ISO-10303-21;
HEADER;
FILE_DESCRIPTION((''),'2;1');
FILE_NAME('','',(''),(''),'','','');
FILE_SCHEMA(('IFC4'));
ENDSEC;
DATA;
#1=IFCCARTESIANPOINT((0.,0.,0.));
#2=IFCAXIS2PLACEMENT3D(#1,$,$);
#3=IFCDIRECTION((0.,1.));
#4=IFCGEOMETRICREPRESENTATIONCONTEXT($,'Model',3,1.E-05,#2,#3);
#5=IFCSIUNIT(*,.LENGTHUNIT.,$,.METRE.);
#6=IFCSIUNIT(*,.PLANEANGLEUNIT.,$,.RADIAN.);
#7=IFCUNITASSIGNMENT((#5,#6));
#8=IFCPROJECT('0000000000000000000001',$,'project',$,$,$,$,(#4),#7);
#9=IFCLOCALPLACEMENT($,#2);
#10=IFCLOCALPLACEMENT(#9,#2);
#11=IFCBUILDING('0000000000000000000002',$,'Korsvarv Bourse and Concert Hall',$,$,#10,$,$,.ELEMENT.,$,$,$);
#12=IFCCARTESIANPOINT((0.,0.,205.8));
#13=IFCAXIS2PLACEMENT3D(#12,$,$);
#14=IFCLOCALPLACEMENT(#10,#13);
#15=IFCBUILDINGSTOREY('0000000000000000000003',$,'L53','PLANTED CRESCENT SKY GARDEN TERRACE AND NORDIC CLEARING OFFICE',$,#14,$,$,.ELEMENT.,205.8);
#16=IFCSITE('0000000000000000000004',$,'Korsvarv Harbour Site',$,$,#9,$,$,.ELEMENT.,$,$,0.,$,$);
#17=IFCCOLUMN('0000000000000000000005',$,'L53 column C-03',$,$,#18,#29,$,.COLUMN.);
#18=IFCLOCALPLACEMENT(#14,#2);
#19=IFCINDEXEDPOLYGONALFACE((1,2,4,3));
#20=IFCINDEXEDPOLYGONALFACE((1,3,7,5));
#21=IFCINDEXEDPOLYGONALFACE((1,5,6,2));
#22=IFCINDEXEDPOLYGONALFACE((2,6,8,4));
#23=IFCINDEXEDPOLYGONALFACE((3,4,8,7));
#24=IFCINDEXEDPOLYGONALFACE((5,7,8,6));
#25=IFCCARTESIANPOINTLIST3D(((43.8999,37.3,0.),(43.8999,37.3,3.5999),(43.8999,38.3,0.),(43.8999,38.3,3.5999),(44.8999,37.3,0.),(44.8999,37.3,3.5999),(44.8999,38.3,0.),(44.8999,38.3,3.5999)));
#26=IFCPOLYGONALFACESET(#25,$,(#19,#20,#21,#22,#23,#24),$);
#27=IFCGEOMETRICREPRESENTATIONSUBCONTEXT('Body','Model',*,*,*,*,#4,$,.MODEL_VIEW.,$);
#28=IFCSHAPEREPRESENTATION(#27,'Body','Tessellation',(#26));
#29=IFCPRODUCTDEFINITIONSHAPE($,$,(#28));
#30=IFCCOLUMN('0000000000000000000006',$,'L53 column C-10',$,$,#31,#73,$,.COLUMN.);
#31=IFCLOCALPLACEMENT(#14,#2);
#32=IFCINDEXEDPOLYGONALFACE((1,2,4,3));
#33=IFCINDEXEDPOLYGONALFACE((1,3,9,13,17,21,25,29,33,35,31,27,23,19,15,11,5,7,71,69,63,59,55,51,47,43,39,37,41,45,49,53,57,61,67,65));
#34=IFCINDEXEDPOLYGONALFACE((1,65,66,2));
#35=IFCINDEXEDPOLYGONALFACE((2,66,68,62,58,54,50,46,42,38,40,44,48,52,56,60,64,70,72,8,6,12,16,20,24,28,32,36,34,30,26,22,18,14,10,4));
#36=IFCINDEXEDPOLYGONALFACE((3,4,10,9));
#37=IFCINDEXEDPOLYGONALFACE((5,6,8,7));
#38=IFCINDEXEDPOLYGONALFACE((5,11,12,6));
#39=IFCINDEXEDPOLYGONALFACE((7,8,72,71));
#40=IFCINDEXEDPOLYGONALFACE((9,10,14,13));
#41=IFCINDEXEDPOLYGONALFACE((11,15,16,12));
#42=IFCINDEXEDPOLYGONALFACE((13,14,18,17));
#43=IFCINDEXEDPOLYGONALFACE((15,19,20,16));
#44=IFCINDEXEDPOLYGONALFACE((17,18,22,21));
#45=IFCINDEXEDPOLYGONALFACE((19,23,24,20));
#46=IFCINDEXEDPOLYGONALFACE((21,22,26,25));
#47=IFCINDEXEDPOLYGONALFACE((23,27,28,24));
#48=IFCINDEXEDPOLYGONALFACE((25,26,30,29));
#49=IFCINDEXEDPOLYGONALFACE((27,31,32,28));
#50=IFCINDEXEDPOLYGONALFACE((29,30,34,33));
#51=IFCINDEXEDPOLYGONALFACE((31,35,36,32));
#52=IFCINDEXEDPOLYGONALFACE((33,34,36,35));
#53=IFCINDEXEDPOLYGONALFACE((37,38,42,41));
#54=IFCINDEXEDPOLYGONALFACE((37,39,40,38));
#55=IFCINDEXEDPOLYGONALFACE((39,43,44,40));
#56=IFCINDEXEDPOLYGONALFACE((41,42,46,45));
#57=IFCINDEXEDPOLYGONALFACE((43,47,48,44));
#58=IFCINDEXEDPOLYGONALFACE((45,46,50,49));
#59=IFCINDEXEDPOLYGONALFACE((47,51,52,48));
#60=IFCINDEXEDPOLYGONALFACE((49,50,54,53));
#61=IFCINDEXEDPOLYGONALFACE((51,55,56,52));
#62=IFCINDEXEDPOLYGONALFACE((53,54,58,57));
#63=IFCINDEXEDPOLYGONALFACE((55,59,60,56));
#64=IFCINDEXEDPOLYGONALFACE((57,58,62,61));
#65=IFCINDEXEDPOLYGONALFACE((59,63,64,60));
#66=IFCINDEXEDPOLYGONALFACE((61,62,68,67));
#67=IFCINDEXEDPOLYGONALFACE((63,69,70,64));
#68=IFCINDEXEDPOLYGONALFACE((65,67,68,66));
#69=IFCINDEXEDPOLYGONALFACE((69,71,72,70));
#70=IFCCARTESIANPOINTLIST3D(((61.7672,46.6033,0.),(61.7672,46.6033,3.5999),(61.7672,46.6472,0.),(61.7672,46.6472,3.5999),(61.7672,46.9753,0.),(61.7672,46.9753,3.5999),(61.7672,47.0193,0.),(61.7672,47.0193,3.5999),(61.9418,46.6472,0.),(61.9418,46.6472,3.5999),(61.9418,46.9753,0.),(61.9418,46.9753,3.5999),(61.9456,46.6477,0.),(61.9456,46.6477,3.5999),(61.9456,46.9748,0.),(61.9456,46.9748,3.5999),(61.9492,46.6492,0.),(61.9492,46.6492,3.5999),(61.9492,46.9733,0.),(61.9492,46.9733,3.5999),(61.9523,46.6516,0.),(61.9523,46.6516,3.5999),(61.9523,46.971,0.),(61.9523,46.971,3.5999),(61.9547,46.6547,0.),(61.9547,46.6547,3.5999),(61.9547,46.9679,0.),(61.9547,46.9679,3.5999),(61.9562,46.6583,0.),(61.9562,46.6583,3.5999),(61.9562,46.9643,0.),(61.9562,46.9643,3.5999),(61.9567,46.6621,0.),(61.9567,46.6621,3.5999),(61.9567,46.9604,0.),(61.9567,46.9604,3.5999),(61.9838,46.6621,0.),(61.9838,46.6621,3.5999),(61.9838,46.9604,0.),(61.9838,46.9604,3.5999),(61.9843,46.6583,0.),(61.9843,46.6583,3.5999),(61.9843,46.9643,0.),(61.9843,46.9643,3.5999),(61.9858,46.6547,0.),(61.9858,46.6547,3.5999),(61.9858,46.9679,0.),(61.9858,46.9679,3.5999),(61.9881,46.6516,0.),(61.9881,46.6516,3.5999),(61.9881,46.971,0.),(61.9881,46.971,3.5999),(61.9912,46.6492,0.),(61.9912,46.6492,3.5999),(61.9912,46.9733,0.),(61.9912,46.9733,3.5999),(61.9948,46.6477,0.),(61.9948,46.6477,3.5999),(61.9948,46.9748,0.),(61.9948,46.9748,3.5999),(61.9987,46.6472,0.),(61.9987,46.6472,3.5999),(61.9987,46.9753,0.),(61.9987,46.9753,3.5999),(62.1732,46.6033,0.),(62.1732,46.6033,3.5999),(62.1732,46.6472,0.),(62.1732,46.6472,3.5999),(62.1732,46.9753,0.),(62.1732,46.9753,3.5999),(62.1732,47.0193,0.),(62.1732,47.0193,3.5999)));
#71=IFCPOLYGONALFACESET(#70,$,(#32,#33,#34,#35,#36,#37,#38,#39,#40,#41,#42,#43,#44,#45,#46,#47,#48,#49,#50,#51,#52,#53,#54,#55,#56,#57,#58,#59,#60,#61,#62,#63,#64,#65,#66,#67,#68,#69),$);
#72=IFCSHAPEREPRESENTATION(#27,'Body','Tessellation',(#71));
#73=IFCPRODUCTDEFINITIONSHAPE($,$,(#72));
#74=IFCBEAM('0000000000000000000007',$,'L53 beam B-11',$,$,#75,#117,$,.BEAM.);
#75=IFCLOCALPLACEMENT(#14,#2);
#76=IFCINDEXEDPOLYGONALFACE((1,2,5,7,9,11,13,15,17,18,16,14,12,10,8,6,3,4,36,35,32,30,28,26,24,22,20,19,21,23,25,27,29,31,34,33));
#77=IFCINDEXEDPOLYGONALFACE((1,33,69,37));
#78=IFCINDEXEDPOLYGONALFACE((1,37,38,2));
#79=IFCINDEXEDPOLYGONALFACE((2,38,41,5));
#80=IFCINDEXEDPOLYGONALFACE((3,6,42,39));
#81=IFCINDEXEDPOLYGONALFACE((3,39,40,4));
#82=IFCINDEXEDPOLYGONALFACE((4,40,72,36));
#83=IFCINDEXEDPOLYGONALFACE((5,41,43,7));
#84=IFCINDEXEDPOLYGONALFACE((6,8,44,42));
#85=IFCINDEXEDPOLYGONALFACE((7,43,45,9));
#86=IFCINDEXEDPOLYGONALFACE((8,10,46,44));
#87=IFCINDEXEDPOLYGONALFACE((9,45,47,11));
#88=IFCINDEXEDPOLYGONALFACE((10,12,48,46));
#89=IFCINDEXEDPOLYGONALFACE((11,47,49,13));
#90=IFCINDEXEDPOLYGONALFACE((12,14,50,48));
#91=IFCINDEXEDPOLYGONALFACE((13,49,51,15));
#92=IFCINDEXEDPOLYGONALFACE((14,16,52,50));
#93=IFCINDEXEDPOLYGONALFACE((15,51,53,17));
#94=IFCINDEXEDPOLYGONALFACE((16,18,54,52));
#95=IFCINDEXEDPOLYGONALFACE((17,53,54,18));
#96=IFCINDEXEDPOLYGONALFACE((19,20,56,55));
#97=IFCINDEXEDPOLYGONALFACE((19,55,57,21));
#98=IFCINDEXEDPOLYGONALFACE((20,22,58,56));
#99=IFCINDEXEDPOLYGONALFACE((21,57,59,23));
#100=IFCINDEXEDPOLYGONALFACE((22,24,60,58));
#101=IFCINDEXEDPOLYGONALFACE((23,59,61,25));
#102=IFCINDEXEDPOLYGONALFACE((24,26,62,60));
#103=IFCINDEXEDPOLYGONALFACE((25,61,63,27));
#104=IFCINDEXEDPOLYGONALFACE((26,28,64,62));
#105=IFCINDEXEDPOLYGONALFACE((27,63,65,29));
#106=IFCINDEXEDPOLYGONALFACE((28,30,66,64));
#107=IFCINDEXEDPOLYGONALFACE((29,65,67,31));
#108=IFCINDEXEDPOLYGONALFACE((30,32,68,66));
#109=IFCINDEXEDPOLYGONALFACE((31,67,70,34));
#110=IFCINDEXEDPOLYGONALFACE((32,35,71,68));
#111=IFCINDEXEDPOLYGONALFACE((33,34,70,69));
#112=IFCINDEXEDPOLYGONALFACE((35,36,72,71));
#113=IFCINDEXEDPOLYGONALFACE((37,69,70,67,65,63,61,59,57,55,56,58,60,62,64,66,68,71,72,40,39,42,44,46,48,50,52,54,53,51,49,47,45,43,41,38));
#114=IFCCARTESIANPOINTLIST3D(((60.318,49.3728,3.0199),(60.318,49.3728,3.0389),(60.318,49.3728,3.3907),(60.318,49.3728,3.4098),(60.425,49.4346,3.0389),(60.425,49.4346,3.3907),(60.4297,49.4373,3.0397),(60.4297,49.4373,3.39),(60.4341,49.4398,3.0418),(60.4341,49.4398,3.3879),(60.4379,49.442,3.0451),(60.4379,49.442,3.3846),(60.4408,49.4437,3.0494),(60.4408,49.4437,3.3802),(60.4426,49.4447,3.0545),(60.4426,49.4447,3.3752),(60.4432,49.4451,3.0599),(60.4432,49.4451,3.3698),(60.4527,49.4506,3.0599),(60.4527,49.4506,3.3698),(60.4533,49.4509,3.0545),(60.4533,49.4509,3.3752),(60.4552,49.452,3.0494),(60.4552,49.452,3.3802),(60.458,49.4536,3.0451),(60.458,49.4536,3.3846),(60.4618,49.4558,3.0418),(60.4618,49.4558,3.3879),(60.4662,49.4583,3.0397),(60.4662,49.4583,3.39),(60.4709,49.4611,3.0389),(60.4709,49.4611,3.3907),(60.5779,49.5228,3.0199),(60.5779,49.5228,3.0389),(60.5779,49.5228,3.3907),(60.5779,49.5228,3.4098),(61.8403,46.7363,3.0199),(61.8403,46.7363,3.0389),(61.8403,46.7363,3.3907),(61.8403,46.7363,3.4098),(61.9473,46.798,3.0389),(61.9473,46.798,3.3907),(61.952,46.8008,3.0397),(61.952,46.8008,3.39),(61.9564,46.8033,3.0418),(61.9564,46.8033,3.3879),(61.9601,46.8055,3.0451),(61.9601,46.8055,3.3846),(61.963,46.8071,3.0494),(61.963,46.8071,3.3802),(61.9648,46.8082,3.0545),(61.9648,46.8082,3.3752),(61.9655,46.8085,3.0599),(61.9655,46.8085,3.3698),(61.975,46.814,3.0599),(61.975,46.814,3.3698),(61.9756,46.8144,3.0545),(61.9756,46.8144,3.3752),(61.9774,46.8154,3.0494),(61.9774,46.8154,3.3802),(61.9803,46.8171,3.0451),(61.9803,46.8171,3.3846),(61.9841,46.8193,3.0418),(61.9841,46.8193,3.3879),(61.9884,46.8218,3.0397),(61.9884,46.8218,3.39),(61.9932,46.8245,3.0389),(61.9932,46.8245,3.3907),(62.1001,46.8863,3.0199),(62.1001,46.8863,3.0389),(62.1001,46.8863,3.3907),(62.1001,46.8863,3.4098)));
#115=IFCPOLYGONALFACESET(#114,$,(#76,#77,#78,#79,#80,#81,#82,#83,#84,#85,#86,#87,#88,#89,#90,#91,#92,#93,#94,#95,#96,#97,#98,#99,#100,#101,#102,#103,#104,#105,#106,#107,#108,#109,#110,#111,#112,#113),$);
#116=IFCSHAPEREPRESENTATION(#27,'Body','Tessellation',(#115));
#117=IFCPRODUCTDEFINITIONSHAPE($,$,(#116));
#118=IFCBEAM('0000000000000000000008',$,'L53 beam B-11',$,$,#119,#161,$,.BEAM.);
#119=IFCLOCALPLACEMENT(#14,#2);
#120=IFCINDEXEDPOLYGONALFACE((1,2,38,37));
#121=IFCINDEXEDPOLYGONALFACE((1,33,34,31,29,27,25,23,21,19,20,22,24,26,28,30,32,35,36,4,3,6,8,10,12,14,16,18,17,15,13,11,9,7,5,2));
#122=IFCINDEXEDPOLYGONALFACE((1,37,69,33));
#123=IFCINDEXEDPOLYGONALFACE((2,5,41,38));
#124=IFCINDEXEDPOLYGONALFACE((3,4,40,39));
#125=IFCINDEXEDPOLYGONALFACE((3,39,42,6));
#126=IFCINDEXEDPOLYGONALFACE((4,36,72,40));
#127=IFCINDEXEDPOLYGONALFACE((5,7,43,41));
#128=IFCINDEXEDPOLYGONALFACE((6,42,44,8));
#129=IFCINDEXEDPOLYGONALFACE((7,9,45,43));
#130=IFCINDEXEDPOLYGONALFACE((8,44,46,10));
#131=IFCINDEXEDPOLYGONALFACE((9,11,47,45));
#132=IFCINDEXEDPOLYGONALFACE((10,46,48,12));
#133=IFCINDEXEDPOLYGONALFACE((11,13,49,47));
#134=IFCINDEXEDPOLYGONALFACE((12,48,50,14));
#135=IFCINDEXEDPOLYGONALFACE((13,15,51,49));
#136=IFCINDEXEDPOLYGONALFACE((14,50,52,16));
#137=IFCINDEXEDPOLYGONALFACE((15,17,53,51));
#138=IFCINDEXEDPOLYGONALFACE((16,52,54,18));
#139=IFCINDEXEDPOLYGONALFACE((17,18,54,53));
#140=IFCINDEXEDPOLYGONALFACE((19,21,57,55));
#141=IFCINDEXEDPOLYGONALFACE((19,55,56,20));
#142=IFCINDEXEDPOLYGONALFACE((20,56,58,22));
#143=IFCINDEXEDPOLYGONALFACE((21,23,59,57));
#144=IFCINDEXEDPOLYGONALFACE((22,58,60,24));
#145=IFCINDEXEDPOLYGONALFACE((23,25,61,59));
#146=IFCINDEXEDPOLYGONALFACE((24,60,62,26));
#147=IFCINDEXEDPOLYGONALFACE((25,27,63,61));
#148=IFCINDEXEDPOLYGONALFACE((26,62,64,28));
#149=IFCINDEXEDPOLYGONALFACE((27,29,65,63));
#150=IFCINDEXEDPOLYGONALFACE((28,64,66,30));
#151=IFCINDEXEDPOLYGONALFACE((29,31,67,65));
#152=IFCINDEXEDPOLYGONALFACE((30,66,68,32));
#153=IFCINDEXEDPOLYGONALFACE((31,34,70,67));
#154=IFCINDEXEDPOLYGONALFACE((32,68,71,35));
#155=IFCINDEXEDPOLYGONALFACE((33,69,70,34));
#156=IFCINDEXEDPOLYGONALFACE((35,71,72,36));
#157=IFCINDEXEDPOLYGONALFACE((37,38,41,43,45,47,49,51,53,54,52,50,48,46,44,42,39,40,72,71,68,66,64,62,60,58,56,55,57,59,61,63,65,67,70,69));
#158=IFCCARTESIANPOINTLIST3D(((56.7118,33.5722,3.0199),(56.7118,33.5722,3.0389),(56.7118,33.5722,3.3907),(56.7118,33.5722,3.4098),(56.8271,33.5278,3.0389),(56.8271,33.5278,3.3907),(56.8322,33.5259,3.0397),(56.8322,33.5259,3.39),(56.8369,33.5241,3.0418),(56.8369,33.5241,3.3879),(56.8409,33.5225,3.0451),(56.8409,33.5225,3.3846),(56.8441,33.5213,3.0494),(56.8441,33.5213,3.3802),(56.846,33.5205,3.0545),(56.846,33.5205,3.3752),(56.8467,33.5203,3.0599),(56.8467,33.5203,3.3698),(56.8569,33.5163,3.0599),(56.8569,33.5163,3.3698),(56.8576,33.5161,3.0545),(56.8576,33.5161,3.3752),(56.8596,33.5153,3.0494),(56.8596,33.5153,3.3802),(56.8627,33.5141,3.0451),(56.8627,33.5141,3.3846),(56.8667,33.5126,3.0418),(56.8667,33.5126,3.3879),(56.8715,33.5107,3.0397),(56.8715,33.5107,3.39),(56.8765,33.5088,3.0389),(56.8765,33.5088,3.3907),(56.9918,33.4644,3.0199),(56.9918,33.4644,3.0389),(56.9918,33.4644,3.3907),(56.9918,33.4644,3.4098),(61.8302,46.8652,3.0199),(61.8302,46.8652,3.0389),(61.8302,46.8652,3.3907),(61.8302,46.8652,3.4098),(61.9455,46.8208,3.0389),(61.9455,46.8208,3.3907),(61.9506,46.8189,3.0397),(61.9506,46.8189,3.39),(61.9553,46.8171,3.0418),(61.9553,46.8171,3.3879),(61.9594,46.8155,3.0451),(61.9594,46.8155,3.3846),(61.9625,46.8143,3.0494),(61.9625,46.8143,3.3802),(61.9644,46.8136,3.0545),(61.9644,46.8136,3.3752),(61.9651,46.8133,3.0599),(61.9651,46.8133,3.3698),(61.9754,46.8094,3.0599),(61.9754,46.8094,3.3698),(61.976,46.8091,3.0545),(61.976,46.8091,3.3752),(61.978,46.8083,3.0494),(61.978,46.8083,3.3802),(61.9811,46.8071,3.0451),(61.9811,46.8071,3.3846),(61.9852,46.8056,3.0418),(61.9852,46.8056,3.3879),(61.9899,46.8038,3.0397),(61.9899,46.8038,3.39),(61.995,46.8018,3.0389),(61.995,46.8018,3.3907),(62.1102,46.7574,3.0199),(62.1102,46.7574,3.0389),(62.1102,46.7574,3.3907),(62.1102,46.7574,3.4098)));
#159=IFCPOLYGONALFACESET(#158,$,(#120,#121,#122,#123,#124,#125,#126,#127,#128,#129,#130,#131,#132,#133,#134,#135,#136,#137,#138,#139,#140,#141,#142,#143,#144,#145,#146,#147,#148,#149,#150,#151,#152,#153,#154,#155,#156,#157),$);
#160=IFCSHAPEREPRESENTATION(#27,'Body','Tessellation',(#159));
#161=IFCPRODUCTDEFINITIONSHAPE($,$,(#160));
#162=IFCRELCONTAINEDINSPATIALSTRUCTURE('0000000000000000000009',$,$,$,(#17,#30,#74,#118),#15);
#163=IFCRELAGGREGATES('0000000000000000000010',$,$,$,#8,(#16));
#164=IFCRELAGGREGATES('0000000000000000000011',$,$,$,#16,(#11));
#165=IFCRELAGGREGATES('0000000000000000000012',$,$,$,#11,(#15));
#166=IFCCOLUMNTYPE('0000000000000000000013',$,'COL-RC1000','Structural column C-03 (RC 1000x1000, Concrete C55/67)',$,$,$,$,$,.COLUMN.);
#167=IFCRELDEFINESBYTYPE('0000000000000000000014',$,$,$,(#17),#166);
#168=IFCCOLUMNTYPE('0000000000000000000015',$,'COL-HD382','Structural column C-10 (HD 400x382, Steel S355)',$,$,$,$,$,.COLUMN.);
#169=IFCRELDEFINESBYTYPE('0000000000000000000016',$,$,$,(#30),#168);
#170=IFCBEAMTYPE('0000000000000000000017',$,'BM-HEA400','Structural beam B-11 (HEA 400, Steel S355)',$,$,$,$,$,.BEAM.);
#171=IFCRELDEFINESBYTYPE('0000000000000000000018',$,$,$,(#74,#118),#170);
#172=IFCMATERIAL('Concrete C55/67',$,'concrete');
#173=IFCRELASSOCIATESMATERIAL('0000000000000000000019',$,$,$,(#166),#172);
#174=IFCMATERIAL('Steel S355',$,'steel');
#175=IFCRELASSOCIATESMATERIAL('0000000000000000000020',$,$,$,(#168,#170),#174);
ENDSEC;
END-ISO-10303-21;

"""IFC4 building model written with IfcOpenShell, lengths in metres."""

from ifc_helpers import new_model, si_unit, direction, frame, origin, origin_2d, place, context, subcontext, project, spatial, rectangle, i_section, extrude, source, transform, mapped, material, material_profile, profile_set, type_object, element, save


model = new_model("IFC4")

# Units and contexts
model_context = context("Model", 3, precision=1e-05, world=origin(), true_north=direction((0.0, 1.0)))
body_context = subcontext(model_context, "Body", "Model", "MODEL_VIEW")
ifc_project = project(units=[si_unit("LENGTHUNIT", "METRE"), si_unit("PLANEANGLEUNIT", "RADIAN")], contexts=[model_context])

# Site, building, storey
site_placement = place(None, origin())
site = spatial("IfcSite", under=ifc_project, at=site_placement, Name="Korsvarv Harbour Site", CompositionType="ELEMENT", RefElevation=0.0)
building_placement = place(site_placement, origin())
building = spatial("IfcBuilding", under=site, at=building_placement, Name="Korsvarv Bourse and Concert Hall", CompositionType="ELEMENT")
storey_placement = place(building_placement, frame((0.0, 0.0, 205.8)))
storey = spatial("IfcBuildingStorey", under=building, at=storey_placement, Name="L53", Description="PLANTED CRESCENT SKY GARDEN TERRACE AND NORDIC CLEARING OFFICE", CompositionType="ELEMENT", Elevation=205.8)

# Columns
ifc_material_1 = material(Name="Concrete C55/67", Category="concrete")
ifc_material_profile_1 = material_profile(ifc_material_1, rectangle(XDim=1.0, YDim=1.0, at=origin_2d()), Name="RC 1000x1000")
ifc_profile_set_1 = profile_set([ifc_material_profile_1], Name="Concrete C55/67")
column_type_1 = type_object("IfcColumnType", Name="COL-RC1000", Description="Structural column C-03 (RC 1000x1000, Concrete C55/67)", PredefinedType="COLUMN", material=ifc_profile_set_1)
shared_shape_1 = source(origin(), body_context, "Body", "SweptSolid", [
    extrude(rectangle(XDim=1.0, YDim=1.0, at=origin_2d()), origin(), (0.0, 0.0, 1.0), 3.5999),
])
column_1_placement = place(storey_placement, frame((44.3999, 37.8, 0.0), z_axis=(0.0, 0.0, 1.0), x_axis=(1.0, 0.0, 0.0)))
element("IfcColumn", 1, at=column_1_placement, inside=storey, type_object=column_type_1, Name="L53 column C-03", PredefinedType="COLUMN", context=body_context, shape_type="MappedRepresentation", body=[
    mapped(shared_shape_1, transform((0.0, 0.0, 0.0), scale=1.0)),
])
ifc_material_2 = material(Name="Steel S355", Category="steel")
ifc_material_profile_2 = material_profile(ifc_material_2, i_section(OverallWidth=0.406, OverallDepth=0.416, WebThickness=0.0271, FlangeThickness=0.0439, FilletRadius=0.0149, at=origin_2d()), Name="HD 400x382")
ifc_profile_set_2 = profile_set([ifc_material_profile_2], Name="Steel S355")
column_type_2 = type_object("IfcColumnType", Name="COL-HD382", Description="Structural column C-10 (HD 400x382, Steel S355)", PredefinedType="COLUMN", material=ifc_profile_set_2)
shared_shape_2 = source(origin(), body_context, "Body", "SweptSolid", [
    extrude(i_section(OverallWidth=0.406, OverallDepth=0.416, WebThickness=0.0271, FlangeThickness=0.0439, FilletRadius=0.0149, at=origin_2d()), origin(), (0.0, 0.0, 1.0), 3.5999),
])
column_2_placement = place(storey_placement, frame((61.9702, 46.8113, 0.0), z_axis=(0.0, 0.0, 1.0), x_axis=(1.0, 0.0, 0.0)))
element("IfcColumn", 2, at=column_2_placement, inside=storey, type_object=column_type_2, Name="L53 column C-10", PredefinedType="COLUMN", context=body_context, shape_type="MappedRepresentation", body=[
    mapped(shared_shape_2, transform((0.0, 0.0, 0.0), scale=1.0)),
])

# Beams
ifc_material_profile_3 = material_profile(ifc_material_2, i_section(OverallWidth=0.3, OverallDepth=0.3899, WebThickness=0.011, FlangeThickness=0.019, FilletRadius=0.021, at=origin_2d()), Name="HEA 400")
ifc_profile_set_3 = profile_set([ifc_material_profile_3], Name="Steel S355")
beam_type_1 = type_object("IfcBeamType", Name="BM-HEA400", Description="Structural beam B-11 (HEA 400, Steel S355)", PredefinedType="BEAM", material=ifc_profile_set_3)
shared_shape_3 = source(origin(), body_context, "Body", "SweptSolid", [
    extrude(i_section(OverallWidth=0.3, OverallDepth=0.3899, WebThickness=0.011, FlangeThickness=0.019, FilletRadius=0.021, at=origin_2d()), origin(), (0.0, 0.0, 1.0), 3.0444),
])
beam_1_placement = place(storey_placement, frame((61.9702, 46.8113, 3.2148), z_axis=(-0.500012, 0.866019, 0.0), x_axis=(-0.866019, -0.500012, 0.0)))
element("IfcBeam", 3, at=beam_1_placement, inside=storey, type_object=beam_type_1, Name="L53 beam B-11", PredefinedType="BEAM", context=body_context, shape_type="MappedRepresentation", body=[
    mapped(shared_shape_3, transform((0.0, 0.0, 0.0), scale=1.0)),
])
shared_shape_4 = source(origin(), body_context, "Body", "SweptSolid", [
    extrude(i_section(OverallWidth=0.3, OverallDepth=0.3899, WebThickness=0.011, FlangeThickness=0.019, FilletRadius=0.021, at=origin_2d()), origin(), (0.0, 0.0, 1.0), 14.2444),
])
beam_2_placement = place(storey_placement, frame((56.8518, 33.5183, 3.2148), z_axis=(0.359329, 0.933211, 0.0), x_axis=(-0.933211, 0.359329, 0.0)))
element("IfcBeam", 4, at=beam_2_placement, inside=storey, type_object=beam_type_1, Name="L53 beam B-11", PredefinedType="BEAM", context=body_context, shape_type="MappedRepresentation", body=[
    mapped(shared_shape_4, transform((0.0, 0.0, 0.0), scale=1.0)),
])

save(model, "model.ifc")
